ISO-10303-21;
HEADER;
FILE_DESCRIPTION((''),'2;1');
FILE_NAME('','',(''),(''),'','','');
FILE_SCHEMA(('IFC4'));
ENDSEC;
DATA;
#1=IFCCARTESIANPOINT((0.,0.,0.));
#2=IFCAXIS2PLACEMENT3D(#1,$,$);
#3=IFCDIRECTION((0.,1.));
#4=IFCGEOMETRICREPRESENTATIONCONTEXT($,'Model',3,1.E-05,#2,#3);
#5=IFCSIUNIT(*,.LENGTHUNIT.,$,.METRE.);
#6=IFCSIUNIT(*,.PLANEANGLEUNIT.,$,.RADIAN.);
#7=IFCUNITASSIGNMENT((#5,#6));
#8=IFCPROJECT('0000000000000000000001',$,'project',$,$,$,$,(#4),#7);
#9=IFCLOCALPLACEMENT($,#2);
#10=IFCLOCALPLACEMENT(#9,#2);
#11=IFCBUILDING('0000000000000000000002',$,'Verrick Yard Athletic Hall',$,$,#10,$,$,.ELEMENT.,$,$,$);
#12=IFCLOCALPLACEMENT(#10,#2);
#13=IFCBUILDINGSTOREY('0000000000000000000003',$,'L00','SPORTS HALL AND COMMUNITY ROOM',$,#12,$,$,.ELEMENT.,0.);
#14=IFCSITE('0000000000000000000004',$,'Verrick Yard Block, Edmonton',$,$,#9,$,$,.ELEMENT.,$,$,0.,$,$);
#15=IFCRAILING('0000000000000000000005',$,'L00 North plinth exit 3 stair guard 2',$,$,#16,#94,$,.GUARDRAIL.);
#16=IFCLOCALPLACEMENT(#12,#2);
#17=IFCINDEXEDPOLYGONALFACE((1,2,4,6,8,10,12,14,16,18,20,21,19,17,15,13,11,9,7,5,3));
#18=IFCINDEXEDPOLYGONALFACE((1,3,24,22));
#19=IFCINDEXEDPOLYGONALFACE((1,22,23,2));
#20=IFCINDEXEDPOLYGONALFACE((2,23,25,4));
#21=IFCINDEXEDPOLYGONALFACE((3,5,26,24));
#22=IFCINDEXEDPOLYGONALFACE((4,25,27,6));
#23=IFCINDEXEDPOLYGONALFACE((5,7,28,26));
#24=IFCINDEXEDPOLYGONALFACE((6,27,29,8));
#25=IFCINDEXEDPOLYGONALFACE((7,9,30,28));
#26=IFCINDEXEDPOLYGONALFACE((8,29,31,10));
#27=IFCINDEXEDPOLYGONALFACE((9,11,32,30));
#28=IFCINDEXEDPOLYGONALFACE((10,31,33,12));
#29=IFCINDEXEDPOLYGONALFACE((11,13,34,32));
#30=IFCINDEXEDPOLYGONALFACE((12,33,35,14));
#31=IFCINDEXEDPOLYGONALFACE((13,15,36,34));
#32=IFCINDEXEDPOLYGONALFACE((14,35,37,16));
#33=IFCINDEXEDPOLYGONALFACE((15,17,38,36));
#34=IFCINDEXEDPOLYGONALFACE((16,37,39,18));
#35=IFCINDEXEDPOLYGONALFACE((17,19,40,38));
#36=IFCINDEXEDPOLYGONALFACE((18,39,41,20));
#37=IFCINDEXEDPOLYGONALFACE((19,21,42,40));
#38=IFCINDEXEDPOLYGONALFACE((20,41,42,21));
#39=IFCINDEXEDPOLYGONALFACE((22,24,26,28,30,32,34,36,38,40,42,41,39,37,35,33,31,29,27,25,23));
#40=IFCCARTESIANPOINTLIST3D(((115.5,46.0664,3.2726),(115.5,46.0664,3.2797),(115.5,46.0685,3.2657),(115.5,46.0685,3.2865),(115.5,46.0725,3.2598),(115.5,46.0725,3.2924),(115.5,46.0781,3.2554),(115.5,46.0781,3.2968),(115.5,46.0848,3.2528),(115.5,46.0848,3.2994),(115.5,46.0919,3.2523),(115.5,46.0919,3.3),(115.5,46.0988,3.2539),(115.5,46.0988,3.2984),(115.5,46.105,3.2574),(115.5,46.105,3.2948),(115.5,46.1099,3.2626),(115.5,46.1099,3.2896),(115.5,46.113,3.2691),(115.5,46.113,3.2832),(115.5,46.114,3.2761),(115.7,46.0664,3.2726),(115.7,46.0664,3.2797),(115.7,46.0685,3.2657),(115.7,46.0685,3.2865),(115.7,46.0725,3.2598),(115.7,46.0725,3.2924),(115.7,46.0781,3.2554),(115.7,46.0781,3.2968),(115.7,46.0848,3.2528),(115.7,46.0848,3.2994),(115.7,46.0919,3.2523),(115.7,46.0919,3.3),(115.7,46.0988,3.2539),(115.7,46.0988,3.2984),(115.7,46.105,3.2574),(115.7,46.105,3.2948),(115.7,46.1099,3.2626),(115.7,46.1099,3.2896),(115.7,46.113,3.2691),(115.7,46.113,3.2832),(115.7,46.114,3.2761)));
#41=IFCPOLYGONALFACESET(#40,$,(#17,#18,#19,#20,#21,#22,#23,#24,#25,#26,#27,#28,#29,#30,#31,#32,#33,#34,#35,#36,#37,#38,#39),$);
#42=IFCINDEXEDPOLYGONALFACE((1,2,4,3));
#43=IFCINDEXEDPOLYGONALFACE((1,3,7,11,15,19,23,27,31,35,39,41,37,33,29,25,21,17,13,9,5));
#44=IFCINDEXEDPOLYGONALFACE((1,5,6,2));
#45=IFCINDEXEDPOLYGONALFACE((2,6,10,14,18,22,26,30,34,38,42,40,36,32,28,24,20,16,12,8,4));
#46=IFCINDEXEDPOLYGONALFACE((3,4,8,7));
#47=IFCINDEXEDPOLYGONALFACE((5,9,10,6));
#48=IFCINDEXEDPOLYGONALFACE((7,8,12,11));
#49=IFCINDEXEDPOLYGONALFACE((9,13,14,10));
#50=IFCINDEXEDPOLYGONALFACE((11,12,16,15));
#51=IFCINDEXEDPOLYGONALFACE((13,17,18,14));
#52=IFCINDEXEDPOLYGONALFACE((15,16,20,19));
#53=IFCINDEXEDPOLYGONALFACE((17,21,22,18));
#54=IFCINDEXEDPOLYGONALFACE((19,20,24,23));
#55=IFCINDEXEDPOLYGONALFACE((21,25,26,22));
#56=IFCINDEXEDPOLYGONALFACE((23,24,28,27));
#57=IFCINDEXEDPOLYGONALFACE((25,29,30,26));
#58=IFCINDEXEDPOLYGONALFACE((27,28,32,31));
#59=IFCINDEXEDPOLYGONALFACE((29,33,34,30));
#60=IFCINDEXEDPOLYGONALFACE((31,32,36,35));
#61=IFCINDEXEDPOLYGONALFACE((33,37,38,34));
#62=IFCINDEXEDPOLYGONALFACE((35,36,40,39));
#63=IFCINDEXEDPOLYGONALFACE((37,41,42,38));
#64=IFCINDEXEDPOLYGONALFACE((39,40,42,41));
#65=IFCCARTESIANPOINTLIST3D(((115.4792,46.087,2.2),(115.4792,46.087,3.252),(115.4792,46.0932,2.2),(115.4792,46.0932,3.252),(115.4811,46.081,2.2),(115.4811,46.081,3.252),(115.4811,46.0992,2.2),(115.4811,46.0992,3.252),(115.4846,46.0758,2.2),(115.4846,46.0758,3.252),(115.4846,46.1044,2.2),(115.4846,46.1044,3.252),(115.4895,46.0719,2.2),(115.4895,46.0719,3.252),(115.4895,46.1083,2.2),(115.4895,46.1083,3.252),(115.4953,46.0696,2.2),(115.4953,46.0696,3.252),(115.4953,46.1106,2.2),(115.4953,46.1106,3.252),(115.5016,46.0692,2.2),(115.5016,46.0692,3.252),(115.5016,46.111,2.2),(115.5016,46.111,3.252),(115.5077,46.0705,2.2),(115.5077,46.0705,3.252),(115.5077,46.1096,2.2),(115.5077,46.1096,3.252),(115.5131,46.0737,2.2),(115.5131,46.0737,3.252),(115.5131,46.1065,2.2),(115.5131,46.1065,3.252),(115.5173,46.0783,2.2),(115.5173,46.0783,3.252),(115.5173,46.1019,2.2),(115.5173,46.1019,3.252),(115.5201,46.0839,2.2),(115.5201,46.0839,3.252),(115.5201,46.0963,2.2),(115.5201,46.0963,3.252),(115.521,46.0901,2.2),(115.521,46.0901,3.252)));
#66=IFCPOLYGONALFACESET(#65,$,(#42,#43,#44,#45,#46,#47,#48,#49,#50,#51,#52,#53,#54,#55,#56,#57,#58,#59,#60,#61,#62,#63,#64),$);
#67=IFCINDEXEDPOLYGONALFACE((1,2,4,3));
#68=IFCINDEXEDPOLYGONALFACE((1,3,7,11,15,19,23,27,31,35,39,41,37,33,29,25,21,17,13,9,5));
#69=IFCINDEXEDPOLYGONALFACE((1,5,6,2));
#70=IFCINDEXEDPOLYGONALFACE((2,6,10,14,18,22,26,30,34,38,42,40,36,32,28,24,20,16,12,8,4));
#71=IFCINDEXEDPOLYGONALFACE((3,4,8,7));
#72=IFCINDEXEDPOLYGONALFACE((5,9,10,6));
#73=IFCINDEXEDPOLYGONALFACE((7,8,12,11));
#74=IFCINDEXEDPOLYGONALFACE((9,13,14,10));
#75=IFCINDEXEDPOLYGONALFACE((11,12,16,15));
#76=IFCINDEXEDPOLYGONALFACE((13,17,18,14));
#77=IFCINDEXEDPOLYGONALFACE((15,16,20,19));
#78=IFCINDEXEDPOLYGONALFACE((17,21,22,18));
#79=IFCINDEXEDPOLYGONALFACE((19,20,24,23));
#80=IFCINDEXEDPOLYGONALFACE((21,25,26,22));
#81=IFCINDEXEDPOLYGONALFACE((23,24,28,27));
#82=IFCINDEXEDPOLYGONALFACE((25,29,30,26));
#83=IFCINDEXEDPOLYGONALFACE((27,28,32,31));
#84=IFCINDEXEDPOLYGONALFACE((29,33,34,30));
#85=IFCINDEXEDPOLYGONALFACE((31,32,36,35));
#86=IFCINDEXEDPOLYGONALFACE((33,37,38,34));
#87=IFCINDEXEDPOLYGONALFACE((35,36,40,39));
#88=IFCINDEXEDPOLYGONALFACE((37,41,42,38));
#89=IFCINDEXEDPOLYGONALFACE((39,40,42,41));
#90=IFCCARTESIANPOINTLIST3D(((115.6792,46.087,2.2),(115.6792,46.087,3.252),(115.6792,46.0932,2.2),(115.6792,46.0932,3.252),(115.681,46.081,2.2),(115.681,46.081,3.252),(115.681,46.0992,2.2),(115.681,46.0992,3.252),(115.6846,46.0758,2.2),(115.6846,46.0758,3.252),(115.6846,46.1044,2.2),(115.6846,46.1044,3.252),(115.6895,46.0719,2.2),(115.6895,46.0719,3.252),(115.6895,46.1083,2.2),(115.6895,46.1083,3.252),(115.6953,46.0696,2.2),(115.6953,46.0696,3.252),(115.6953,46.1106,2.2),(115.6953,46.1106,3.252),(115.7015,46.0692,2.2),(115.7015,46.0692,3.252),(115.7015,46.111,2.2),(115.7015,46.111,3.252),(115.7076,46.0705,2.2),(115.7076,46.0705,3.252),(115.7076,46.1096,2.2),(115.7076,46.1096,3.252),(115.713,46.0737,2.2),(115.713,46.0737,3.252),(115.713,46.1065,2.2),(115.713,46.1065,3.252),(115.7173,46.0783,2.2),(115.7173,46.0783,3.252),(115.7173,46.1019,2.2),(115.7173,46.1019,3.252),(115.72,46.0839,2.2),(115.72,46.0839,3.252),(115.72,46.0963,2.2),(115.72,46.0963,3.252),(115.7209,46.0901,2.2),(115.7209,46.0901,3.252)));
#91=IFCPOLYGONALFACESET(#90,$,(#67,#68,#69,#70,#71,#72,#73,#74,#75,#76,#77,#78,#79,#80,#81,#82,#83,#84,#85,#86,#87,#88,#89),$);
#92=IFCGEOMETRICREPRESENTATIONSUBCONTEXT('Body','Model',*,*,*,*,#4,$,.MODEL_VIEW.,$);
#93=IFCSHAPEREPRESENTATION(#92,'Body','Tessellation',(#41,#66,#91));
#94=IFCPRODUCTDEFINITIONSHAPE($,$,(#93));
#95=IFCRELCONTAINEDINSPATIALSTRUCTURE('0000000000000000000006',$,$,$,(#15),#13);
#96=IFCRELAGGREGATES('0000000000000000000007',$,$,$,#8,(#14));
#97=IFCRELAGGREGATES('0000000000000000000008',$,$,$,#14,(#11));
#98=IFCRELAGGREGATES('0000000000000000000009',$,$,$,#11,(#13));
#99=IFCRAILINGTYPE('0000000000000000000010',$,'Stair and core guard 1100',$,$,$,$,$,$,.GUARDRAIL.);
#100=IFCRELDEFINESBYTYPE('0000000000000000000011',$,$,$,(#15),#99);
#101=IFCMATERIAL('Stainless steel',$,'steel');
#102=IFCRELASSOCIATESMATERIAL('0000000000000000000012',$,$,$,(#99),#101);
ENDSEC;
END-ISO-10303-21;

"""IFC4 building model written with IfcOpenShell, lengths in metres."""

from ifc_helpers import new_model, si_unit, direction, frame, origin, origin_2d, place, context, subcontext, project, spatial, circle, extrude, material, type_object, element, save


model = new_model("IFC4")

# Units and contexts
model_context = context("Model", 3, precision=1e-05, world=origin(), true_north=direction((0.0, 1.0)))
body_context = subcontext(model_context, "Body", "Model", "MODEL_VIEW")
ifc_project = project(units=[si_unit("LENGTHUNIT", "METRE"), si_unit("PLANEANGLEUNIT", "RADIAN")], contexts=[model_context])

# Site, building, storey
site_placement = place(None, origin())
site = spatial("IfcSite", under=ifc_project, at=site_placement, Name="Verrick Yard Block, Edmonton", CompositionType="ELEMENT", RefElevation=0.0)
building_placement = place(site_placement, origin())
building = spatial("IfcBuilding", under=site, at=building_placement, Name="Verrick Yard Athletic Hall", CompositionType="ELEMENT")
storey_placement = place(building_placement, origin())
storey = spatial("IfcBuildingStorey", under=building, at=storey_placement, Name="L00", Description="SPORTS HALL AND COMMUNITY ROOM", CompositionType="ELEMENT", Elevation=0.0)

# Railing
ifc_material_1 = material(Name="Stainless steel", Category="steel")
railing_type_1 = type_object("IfcRailingType", Name="Stair and core guard 1100", PredefinedType="GUARDRAIL", material=ifc_material_1)
railing_1_placement = place(storey_placement, frame((115.5, 46.0901, 2.2)))
element("IfcRailing", 1, at=railing_1_placement, inside=storey, type_object=railing_type_1, Name="L00 North plinth exit 3 stair guard 2", PredefinedType="GUARDRAIL", context=body_context, shape_type="SweptSolid", body=[
    extrude(circle(Radius=0.0239, at=origin_2d()), frame((0.0, 0.0, 1.0762), z_axis=(1.0, 0.0, 0.0), x_axis=(0.0, 1.0, 0.0)), (0.0, 0.0, 1.0), 0.2),
    extrude(circle(Radius=0.021, at=origin_2d()), origin(), (0.0, 0.0, 1.0), 1.052),
    extrude(circle(Radius=0.021, at=origin_2d()), frame((0.2, 0.0, 0.0)), (0.0, 0.0, 1.0), 1.052),
])

save(model, "model.ifc")
